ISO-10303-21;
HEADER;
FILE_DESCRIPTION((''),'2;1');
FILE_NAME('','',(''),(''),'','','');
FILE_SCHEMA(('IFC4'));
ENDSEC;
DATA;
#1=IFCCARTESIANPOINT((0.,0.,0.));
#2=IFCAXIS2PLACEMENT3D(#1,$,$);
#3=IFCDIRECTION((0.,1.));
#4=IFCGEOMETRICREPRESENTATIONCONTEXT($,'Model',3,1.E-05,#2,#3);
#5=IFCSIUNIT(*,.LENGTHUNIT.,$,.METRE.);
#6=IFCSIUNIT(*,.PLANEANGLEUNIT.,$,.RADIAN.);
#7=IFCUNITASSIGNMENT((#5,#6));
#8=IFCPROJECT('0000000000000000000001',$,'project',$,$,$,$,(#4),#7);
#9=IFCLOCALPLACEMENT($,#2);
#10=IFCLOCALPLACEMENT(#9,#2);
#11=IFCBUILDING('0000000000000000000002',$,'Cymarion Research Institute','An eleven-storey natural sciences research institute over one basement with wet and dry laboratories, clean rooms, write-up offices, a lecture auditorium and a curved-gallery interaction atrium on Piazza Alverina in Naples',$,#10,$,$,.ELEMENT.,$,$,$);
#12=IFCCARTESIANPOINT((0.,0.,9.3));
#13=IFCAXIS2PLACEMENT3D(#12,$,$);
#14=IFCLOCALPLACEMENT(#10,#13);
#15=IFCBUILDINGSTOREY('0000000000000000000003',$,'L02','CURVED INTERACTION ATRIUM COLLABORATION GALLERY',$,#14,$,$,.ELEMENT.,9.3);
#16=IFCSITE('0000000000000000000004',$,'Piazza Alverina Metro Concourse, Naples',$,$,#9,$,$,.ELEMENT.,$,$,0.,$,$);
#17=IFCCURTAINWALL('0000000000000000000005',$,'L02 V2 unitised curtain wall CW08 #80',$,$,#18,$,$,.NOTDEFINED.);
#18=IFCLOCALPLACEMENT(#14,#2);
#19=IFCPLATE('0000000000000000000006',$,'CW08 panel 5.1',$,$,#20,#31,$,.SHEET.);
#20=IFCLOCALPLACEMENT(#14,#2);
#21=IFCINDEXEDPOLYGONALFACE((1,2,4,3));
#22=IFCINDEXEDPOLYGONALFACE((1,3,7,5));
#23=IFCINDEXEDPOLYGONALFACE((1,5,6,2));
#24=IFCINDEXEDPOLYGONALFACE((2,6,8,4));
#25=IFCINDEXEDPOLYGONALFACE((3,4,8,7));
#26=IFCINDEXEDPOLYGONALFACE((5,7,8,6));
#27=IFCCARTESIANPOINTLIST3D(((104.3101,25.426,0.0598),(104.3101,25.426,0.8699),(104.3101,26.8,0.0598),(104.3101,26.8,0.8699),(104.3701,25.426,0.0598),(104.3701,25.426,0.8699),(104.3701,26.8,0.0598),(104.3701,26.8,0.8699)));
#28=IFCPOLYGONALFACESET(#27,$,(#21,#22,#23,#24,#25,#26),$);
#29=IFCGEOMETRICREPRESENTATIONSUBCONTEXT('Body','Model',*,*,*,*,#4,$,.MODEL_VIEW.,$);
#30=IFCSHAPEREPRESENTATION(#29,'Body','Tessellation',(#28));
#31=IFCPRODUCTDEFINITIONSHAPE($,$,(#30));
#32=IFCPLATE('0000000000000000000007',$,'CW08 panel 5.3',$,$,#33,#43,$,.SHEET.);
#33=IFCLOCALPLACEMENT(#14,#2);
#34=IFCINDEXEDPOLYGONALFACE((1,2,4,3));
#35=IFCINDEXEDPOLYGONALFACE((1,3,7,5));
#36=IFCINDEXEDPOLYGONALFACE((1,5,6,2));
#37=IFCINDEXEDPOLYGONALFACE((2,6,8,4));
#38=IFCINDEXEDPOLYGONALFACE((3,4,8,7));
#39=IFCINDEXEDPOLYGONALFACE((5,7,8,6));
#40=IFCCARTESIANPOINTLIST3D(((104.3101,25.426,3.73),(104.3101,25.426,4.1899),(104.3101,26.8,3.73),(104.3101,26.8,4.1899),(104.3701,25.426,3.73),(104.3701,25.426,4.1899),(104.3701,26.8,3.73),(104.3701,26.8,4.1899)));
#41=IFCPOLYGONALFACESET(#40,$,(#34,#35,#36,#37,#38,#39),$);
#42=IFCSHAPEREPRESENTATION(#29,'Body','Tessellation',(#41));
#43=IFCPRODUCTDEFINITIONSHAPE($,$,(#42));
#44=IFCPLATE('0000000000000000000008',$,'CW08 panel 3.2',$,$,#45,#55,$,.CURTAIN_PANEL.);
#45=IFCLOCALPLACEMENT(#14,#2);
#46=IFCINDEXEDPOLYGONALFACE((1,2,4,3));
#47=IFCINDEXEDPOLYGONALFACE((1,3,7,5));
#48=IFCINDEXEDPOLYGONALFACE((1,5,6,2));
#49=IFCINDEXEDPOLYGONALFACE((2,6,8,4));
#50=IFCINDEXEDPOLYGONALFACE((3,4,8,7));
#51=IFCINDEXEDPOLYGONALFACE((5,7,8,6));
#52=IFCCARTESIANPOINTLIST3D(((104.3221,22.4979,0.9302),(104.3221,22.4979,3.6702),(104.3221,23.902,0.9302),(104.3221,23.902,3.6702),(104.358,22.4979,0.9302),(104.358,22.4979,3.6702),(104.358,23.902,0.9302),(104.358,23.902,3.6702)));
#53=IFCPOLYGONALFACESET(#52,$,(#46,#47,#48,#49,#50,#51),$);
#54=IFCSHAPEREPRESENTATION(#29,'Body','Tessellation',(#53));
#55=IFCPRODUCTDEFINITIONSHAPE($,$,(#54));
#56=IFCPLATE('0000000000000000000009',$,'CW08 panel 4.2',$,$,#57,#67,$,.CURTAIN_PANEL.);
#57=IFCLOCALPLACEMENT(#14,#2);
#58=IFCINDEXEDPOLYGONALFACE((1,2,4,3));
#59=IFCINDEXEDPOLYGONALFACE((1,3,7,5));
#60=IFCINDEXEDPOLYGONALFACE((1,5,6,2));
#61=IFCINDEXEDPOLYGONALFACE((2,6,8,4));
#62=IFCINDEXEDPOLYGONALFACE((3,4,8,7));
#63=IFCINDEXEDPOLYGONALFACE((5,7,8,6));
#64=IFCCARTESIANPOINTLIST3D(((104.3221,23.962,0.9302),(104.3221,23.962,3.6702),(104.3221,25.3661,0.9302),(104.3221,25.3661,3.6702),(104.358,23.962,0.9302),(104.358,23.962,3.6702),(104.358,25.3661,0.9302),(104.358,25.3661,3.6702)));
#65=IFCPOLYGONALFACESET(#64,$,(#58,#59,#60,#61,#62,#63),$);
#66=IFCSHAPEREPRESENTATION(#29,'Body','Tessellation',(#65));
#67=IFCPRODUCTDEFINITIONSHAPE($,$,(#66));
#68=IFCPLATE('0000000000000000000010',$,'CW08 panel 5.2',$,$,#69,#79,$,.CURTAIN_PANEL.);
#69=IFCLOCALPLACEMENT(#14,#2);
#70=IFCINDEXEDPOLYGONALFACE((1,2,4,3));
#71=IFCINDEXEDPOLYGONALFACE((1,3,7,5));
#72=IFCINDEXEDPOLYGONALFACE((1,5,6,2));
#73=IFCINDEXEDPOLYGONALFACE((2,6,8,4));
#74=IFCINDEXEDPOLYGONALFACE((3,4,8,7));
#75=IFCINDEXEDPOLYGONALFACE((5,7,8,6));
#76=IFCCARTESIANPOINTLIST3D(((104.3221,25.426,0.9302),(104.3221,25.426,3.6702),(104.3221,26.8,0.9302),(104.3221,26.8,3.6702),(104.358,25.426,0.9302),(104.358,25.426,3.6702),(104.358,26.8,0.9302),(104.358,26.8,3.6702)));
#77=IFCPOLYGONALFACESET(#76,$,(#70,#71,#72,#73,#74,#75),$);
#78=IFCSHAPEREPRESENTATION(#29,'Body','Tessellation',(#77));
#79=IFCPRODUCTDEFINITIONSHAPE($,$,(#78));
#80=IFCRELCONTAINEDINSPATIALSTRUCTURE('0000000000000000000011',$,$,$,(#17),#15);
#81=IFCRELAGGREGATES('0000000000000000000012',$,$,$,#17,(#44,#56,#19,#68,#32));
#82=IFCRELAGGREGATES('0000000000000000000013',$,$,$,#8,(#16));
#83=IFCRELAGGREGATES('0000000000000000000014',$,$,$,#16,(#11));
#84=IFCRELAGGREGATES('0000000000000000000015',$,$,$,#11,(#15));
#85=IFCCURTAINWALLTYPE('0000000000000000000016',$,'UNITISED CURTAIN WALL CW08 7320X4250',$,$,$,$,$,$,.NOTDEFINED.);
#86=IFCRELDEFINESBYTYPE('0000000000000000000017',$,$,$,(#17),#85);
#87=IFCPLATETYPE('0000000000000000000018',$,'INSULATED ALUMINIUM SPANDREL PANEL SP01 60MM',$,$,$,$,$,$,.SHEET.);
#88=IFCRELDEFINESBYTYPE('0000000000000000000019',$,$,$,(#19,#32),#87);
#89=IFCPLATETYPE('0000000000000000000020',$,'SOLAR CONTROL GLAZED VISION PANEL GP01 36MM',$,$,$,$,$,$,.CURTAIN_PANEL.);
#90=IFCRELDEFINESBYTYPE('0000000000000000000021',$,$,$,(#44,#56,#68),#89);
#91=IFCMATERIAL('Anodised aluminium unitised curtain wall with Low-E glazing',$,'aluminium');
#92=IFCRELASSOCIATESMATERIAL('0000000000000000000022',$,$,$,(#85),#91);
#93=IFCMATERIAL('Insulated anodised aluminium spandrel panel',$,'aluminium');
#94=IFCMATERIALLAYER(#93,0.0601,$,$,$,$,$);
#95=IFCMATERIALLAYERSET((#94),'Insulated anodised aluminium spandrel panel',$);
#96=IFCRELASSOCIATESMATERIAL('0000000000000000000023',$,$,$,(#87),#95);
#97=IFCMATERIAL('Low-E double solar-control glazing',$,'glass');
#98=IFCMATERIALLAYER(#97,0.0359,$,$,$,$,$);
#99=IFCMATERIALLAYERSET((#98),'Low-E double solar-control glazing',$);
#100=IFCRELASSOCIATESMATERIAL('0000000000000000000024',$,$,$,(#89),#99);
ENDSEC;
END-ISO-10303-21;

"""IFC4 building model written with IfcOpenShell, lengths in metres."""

from ifc_helpers import new_model, si_unit, direction, frame, origin, origin_2d, place, context, subcontext, project, spatial, rectangle, extrude, material, layer, layer_set, type_object, element, aggregate, save


model = new_model("IFC4")

# Units and contexts
model_context = context("Model", 3, precision=1e-05, world=origin(), true_north=direction((0.0, 1.0)))
body_context = subcontext(model_context, "Body", "Model", "MODEL_VIEW")
ifc_project = project(units=[si_unit("LENGTHUNIT", "METRE"), si_unit("PLANEANGLEUNIT", "RADIAN")], contexts=[model_context])

# Site, building, storey
site_placement = place(None, origin())
site = spatial("IfcSite", under=ifc_project, at=site_placement, Name="Piazza Alverina Metro Concourse, Naples", CompositionType="ELEMENT", RefElevation=0.0)
building_placement = place(site_placement, origin())
building = spatial("IfcBuilding", under=site, at=building_placement, Name="Cymarion Research Institute", Description="An eleven-storey natural sciences research institute over one basement with wet and dry laboratories, clean rooms, write-up offices, a lecture auditorium and a curved-gallery interaction atrium on Piazza Alverina in Naples", CompositionType="ELEMENT")
storey_placement = place(building_placement, frame((0.0, 0.0, 9.3)))
storey = spatial("IfcBuildingStorey", under=building, at=storey_placement, Name="L02", Description="CURVED INTERACTION ATRIUM COLLABORATION GALLERY", CompositionType="ELEMENT", Elevation=9.3)

# Curtain wall
ifc_material_1 = material(Name="Anodised aluminium unitised curtain wall with Low-E glazing", Category="aluminium")
curtain_wall_type = type_object("IfcCurtainWallType", Name="UNITISED CURTAIN WALL CW08 7320X4250", PredefinedType="NOTDEFINED", material=ifc_material_1)
curtain_wall_1_placement = place(storey_placement, origin())
curtain_wall_1 = element("IfcCurtainWall", 1, at=curtain_wall_1_placement, inside=storey, type_object=curtain_wall_type, Name="L02 V2 unitised curtain wall CW08 #80", PredefinedType="NOTDEFINED")

# Plates
ifc_material_2 = material(Name="Insulated anodised aluminium spandrel panel", Category="aluminium")
ifc_layer_1 = layer(ifc_material_2, 0.0601)
ifc_layer_set_1 = layer_set([ifc_layer_1], Name="Insulated anodised aluminium spandrel panel")
plate_type_1 = type_object("IfcPlateType", Name="INSULATED ALUMINIUM SPANDREL PANEL SP01 60MM", PredefinedType="SHEET", material=ifc_layer_set_1)
plate_1_placement = place(storey_placement, frame((104.3401, 26.113, 0.0598), z_axis=(0.0, 0.0, 1.0), x_axis=(0.0, 1.0, 0.0)))
plate_1 = element("IfcPlate", 2, at=plate_1_placement, type_object=plate_type_1, Name="CW08 panel 5.1", PredefinedType="SHEET", context=body_context, shape_type="SweptSolid", body=[
    extrude(rectangle(XDim=1.374, YDim=0.0601, at=origin_2d()), origin(), (0.0, 0.0, 1.0), 0.8101),
])
plate_2_placement = place(storey_placement, frame((104.3401, 26.113, 3.73), z_axis=(0.0, 0.0, 1.0), x_axis=(0.0, 1.0, 0.0)))
plate_2 = element("IfcPlate", 3, at=plate_2_placement, type_object=plate_type_1, Name="CW08 panel 5.3", PredefinedType="SHEET", context=body_context, shape_type="SweptSolid", body=[
    extrude(rectangle(XDim=1.374, YDim=0.0601, at=origin_2d()), origin(), (0.0, 0.0, 1.0), 0.46),
])
ifc_material_3 = material(Name="Low-E double solar-control glazing", Category="glass")
ifc_layer_2 = layer(ifc_material_3, 0.0359)
ifc_layer_set_2 = layer_set([ifc_layer_2], Name="Low-E double solar-control glazing")
plate_type_2 = type_object("IfcPlateType", Name="SOLAR CONTROL GLAZED VISION PANEL GP01 36MM", PredefinedType="CURTAIN_PANEL", material=ifc_layer_set_2)
plate_3_placement = place(storey_placement, frame((104.3401, 23.2, 0.9302), z_axis=(0.0, 0.0, 1.0), x_axis=(0.0, 1.0, 0.0)))
plate_3 = element("IfcPlate", 4, at=plate_3_placement, type_object=plate_type_2, Name="CW08 panel 3.2", PredefinedType="CURTAIN_PANEL", context=body_context, shape_type="SweptSolid", body=[
    extrude(rectangle(XDim=1.4041, YDim=0.0359, at=origin_2d()), origin(), (0.0, 0.0, 1.0), 2.74),
])
plate_4_placement = place(storey_placement, frame((104.3401, 24.6641, 0.9302), z_axis=(0.0, 0.0, 1.0), x_axis=(0.0, 1.0, 0.0)))
plate_4 = element("IfcPlate", 5, at=plate_4_placement, type_object=plate_type_2, Name="CW08 panel 4.2", PredefinedType="CURTAIN_PANEL", context=body_context, shape_type="SweptSolid", body=[
    extrude(rectangle(XDim=1.4041, YDim=0.0359, at=origin_2d()), origin(), (0.0, 0.0, 1.0), 2.74),
])
plate_5_placement = place(storey_placement, frame((104.3401, 26.113, 0.9302), z_axis=(0.0, 0.0, 1.0), x_axis=(0.0, 1.0, 0.0)))
plate_5 = element("IfcPlate", 6, at=plate_5_placement, type_object=plate_type_2, Name="CW08 panel 5.2", PredefinedType="CURTAIN_PANEL", context=body_context, shape_type="SweptSolid", body=[
    extrude(rectangle(XDim=1.374, YDim=0.0359, at=origin_2d()), origin(), (0.0, 0.0, 1.0), 2.74),
])
aggregate(curtain_wall_1, [plate_3, plate_4, plate_1, plate_5, plate_2])

save(model, "model.ifc")
